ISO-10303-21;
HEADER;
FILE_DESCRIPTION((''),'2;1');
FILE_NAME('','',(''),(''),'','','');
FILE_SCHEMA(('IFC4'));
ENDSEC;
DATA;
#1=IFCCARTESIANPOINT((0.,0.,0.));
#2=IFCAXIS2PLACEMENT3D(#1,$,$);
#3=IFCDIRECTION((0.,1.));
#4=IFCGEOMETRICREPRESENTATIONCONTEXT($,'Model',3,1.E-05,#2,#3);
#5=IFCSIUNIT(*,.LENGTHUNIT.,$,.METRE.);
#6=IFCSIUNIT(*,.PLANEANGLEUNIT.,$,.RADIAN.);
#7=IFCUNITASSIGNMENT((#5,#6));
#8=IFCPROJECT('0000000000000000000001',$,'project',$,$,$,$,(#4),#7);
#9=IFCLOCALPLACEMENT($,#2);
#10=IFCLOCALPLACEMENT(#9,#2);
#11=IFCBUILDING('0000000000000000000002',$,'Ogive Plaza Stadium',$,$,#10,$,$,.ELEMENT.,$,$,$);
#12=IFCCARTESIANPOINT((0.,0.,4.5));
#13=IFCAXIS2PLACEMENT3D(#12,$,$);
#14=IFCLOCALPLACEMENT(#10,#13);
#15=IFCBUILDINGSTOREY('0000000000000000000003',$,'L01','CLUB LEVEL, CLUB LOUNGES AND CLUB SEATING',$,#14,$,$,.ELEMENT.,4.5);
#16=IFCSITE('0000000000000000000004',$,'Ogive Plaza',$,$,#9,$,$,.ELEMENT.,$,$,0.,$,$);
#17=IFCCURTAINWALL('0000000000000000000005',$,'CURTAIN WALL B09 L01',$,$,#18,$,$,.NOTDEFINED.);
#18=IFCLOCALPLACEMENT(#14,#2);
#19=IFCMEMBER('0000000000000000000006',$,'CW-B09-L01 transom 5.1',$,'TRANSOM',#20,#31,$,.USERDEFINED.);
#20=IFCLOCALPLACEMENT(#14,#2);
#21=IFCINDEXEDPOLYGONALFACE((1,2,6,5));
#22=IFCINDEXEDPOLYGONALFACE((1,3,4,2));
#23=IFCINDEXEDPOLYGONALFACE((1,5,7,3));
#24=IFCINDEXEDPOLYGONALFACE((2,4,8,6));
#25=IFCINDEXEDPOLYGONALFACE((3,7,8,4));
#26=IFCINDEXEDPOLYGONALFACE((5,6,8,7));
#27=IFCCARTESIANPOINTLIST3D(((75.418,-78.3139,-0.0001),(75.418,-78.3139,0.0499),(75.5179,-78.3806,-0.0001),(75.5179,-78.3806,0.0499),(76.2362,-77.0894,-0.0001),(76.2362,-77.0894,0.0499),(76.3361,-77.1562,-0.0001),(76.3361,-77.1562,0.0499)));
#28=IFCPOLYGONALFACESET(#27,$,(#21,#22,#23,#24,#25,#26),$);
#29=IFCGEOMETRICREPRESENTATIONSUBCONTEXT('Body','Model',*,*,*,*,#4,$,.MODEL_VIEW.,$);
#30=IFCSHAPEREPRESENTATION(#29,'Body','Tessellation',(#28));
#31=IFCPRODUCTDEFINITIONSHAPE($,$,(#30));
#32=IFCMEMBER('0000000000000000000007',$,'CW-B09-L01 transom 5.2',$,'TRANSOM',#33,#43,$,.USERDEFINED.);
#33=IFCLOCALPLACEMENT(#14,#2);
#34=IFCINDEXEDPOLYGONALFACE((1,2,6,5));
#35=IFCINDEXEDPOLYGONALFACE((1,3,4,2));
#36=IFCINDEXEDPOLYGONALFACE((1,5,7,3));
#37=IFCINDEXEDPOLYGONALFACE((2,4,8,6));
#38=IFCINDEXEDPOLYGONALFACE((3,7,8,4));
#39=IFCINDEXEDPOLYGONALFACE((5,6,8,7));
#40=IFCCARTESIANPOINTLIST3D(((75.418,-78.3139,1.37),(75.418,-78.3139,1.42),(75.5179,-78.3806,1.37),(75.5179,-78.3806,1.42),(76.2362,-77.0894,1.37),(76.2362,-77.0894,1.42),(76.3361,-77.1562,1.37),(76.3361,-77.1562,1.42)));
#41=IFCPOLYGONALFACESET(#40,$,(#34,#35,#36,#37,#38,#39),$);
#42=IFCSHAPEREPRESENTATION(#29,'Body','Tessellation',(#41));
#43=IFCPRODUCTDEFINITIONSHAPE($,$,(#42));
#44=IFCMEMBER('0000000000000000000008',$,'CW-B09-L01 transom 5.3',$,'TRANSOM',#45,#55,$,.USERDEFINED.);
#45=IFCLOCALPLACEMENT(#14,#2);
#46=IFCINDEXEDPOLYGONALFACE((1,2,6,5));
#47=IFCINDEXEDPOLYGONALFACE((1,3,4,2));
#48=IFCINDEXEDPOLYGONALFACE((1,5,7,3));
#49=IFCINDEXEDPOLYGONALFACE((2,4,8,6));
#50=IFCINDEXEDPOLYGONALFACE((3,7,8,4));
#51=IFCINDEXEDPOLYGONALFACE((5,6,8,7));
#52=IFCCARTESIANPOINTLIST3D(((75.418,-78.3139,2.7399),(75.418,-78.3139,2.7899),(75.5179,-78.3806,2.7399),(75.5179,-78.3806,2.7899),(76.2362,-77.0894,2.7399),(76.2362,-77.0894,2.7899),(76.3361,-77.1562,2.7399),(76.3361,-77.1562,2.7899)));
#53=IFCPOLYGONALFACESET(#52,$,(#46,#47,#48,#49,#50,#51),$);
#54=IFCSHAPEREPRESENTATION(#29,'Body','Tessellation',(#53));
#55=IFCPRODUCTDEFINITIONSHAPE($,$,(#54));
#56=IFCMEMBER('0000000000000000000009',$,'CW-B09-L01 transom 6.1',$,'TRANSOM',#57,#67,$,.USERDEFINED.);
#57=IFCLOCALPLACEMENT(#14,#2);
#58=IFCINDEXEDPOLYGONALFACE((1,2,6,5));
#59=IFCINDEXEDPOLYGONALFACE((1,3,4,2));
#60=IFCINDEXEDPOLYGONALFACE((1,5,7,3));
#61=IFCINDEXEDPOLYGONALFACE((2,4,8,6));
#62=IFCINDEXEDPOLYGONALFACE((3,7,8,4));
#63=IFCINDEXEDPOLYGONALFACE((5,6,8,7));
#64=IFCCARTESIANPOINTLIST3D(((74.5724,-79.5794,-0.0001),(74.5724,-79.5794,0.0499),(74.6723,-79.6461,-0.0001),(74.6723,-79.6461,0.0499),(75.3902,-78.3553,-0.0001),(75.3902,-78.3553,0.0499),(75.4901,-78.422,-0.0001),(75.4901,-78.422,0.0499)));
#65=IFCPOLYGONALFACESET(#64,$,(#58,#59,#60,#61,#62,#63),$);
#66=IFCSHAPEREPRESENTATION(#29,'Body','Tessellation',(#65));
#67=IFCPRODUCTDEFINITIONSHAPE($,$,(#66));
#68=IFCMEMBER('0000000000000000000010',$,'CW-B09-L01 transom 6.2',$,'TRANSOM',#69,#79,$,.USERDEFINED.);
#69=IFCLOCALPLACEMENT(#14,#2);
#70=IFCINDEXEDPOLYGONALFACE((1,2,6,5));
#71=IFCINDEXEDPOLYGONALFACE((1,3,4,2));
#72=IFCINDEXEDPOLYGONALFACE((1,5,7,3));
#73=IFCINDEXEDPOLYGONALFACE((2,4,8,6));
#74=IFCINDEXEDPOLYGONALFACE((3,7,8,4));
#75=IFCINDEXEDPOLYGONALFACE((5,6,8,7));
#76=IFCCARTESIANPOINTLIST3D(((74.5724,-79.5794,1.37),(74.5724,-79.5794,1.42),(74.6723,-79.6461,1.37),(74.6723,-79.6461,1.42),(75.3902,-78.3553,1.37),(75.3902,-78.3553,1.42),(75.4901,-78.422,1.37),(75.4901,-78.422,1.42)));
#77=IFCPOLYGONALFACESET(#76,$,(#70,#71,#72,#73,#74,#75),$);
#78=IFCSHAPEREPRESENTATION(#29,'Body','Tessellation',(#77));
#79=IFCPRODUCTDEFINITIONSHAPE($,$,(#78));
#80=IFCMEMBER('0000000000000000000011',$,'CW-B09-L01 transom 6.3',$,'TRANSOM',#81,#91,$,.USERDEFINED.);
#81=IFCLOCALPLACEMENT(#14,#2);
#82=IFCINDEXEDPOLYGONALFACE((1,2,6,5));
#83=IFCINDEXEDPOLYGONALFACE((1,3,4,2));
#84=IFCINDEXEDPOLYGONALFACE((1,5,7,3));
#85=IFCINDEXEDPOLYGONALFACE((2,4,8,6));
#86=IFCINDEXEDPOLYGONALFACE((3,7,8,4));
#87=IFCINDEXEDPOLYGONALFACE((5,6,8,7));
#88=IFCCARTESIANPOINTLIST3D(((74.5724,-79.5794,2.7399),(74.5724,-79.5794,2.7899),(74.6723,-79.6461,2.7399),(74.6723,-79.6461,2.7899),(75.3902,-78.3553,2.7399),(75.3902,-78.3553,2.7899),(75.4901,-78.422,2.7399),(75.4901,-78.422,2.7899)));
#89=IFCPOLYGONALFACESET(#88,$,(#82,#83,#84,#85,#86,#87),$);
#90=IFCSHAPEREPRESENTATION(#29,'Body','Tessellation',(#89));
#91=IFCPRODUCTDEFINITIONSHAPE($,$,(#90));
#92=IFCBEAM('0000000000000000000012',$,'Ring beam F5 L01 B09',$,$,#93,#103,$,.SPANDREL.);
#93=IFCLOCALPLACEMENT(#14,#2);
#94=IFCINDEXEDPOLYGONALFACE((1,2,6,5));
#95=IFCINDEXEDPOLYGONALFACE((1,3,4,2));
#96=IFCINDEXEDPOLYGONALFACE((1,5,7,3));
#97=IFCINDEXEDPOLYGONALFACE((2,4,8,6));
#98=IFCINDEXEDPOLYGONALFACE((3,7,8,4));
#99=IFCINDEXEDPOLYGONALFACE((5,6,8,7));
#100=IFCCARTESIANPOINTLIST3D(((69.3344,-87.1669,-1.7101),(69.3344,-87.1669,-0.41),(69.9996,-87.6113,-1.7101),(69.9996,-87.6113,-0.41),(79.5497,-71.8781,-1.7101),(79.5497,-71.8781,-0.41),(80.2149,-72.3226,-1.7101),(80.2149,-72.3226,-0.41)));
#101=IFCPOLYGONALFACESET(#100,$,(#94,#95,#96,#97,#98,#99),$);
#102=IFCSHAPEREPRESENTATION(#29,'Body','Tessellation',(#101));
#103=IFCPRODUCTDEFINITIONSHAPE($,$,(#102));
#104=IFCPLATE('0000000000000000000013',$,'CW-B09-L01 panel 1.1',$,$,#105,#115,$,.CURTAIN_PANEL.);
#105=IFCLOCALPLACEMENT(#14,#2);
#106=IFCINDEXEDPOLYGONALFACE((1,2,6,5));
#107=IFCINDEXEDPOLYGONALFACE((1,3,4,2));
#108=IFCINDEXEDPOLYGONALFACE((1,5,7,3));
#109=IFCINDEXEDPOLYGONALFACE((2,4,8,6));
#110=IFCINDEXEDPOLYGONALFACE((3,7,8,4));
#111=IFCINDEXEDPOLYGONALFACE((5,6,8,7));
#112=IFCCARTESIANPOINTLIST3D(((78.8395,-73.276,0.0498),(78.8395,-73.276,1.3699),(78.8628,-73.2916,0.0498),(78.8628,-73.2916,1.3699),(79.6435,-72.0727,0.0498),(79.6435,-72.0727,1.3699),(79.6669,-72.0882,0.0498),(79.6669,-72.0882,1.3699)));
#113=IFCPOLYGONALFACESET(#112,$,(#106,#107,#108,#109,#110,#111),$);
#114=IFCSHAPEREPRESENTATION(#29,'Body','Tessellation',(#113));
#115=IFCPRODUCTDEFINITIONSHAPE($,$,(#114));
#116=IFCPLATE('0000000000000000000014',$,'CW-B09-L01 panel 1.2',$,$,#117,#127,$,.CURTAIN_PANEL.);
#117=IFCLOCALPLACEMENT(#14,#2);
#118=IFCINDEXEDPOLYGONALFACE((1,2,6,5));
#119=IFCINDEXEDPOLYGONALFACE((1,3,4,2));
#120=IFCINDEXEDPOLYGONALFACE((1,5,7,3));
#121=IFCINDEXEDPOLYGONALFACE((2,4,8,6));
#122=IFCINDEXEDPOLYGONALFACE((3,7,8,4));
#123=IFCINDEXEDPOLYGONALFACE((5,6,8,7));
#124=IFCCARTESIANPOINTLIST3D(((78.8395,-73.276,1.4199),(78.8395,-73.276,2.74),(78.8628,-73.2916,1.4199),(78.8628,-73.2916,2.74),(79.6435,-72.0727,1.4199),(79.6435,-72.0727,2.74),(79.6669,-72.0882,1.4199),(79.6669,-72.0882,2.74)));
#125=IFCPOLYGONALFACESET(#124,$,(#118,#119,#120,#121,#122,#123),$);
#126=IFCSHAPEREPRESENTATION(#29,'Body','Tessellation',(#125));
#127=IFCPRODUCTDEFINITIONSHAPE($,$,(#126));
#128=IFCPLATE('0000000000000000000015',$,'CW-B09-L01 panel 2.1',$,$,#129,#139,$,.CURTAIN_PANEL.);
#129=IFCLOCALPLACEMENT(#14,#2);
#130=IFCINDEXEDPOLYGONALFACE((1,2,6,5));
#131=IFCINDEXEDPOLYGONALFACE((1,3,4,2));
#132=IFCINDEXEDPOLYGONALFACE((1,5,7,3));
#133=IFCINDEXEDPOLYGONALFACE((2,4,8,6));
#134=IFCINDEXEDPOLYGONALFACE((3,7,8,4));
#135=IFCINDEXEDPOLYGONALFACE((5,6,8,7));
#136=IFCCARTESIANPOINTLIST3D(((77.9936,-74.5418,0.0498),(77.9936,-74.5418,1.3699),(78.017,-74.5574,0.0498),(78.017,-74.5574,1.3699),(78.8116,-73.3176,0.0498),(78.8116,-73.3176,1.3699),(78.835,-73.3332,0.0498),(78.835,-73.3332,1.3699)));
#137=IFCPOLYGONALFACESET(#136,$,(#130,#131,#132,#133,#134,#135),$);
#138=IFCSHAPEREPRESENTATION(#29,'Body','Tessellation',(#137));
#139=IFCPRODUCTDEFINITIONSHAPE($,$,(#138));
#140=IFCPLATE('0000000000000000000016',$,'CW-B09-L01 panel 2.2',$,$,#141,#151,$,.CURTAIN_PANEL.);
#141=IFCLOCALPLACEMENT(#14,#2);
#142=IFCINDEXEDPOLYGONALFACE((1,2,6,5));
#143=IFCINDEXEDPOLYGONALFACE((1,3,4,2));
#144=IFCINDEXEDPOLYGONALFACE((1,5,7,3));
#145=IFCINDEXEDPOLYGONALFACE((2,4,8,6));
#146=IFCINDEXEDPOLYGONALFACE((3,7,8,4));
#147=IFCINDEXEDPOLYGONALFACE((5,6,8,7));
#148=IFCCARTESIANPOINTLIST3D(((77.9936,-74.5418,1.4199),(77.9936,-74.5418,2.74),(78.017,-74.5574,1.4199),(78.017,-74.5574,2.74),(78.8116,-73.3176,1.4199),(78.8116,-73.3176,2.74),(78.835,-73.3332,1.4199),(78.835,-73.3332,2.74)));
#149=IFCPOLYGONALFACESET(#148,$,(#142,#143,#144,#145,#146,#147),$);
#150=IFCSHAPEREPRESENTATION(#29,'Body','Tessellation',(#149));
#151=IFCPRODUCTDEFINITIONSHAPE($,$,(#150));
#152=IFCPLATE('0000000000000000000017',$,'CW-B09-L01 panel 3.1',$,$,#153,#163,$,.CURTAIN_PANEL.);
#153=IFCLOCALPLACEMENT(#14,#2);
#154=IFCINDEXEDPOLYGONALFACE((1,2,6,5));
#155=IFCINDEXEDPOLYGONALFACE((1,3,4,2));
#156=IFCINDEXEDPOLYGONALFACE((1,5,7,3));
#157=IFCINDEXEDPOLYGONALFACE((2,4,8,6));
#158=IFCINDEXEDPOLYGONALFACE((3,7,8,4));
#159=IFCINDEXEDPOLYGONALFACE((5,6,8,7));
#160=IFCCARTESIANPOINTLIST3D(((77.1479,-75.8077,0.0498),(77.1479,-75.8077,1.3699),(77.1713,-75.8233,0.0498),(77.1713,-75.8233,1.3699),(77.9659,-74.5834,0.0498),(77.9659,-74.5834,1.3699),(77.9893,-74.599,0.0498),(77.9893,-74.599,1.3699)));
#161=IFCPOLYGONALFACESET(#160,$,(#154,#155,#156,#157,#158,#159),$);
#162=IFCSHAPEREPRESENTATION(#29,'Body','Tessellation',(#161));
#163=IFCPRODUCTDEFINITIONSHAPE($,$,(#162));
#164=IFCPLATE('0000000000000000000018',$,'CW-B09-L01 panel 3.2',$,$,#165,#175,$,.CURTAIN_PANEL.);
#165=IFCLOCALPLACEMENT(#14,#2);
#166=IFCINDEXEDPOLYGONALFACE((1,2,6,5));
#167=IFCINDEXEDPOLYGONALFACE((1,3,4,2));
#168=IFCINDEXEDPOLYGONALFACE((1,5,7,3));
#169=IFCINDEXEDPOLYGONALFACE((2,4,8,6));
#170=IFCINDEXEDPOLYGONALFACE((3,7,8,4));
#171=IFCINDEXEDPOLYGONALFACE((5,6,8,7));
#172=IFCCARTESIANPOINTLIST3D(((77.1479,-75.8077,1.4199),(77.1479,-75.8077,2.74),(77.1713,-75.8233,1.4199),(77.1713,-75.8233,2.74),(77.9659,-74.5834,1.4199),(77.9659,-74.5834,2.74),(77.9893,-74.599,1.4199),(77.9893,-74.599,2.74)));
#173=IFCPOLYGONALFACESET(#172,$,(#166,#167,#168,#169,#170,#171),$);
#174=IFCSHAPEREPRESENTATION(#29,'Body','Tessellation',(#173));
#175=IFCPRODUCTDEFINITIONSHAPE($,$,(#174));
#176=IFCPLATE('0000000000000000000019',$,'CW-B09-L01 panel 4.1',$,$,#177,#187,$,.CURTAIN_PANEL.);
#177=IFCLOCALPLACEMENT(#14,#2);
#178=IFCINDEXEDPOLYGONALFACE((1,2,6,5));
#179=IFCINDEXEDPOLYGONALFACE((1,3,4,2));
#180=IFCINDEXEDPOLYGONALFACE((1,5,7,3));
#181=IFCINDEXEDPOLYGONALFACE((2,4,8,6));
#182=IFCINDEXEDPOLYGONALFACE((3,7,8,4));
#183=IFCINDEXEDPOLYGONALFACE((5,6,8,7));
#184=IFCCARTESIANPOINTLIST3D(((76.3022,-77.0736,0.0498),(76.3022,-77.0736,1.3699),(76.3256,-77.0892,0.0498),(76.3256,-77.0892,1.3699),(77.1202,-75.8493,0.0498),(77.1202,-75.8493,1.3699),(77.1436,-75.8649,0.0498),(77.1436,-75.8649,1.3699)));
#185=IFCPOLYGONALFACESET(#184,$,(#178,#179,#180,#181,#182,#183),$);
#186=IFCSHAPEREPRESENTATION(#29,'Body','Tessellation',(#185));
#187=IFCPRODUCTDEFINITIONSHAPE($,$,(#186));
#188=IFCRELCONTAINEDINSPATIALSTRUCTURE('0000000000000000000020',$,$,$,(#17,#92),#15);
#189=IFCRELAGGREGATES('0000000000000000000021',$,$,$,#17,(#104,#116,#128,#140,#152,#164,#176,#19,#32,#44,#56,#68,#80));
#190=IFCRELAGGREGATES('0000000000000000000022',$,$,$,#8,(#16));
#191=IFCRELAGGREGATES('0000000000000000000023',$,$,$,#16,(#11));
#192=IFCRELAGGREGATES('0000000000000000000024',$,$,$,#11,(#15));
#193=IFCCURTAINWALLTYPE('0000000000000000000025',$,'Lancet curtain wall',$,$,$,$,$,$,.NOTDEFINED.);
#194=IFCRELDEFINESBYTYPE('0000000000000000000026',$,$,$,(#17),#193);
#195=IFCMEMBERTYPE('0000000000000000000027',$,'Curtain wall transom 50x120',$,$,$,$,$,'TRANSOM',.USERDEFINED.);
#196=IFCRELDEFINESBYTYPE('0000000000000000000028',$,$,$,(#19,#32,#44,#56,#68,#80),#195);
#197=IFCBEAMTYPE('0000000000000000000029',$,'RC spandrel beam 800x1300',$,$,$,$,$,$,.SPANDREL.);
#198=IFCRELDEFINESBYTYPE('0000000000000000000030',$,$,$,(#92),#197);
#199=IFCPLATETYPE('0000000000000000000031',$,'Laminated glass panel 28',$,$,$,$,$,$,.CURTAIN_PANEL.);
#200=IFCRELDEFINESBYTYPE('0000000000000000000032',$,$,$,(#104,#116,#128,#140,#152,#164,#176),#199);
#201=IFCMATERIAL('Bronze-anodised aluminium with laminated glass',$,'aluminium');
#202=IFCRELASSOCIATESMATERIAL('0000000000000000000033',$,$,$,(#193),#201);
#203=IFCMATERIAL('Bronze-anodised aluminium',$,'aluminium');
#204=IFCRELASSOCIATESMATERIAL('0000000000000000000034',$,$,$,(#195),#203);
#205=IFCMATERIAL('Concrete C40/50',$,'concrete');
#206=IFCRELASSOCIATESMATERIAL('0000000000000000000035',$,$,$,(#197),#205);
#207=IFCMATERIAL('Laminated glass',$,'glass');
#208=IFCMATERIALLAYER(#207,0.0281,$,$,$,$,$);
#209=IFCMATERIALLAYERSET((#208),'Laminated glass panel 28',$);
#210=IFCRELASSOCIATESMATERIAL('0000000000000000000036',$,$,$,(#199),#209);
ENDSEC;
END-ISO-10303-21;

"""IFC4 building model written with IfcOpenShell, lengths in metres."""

from ifc_helpers import new_model, si_unit, direction, frame, origin, origin_2d, place, context, subcontext, project, spatial, rectangle, extrude, material, layer, layer_set, material_profile, profile_set, type_object, element, aggregate, save


model = new_model("IFC4")

# Units and contexts
model_context = context("Model", 3, precision=1e-05, world=origin(), true_north=direction((0.0, 1.0)))
body_context = subcontext(model_context, "Body", "Model", "MODEL_VIEW")
ifc_project = project(units=[si_unit("LENGTHUNIT", "METRE"), si_unit("PLANEANGLEUNIT", "RADIAN")], contexts=[model_context])

# Site, building, storey
site_placement = place(None, origin())
site = spatial("IfcSite", under=ifc_project, at=site_placement, Name="Ogive Plaza", CompositionType="ELEMENT", RefElevation=0.0)
building_placement = place(site_placement, origin())
building = spatial("IfcBuilding", under=site, at=building_placement, Name="Ogive Plaza Stadium", CompositionType="ELEMENT")
storey_placement = place(building_placement, frame((0.0, 0.0, 4.5)))
storey = spatial("IfcBuildingStorey", under=building, at=storey_placement, Name="L01", Description="CLUB LEVEL, CLUB LOUNGES AND CLUB SEATING", CompositionType="ELEMENT", Elevation=4.5)

# Curtain wall, members
ifc_material_1 = material(Name="Bronze-anodised aluminium with laminated glass", Category="aluminium")
curtain_wall_type = type_object("IfcCurtainWallType", Name="Lancet curtain wall", PredefinedType="NOTDEFINED", material=ifc_material_1)
curtain_wall_placement = place(storey_placement, origin())
curtain_wall = element("IfcCurtainWall", 1, at=curtain_wall_placement, inside=storey, type_object=curtain_wall_type, Name="CURTAIN WALL B09 L01", PredefinedType="NOTDEFINED")
ifc_material_2 = material(Name="Bronze-anodised aluminium", Category="aluminium")
ifc_material_profile_1 = material_profile(ifc_material_2, rectangle(XDim=0.1201, YDim=0.05, at=origin_2d()), Name="AL 120x50")
ifc_profile_set_1 = profile_set([ifc_material_profile_1], Name="Bronze-anodised aluminium")
member_type_1 = type_object("IfcMemberType", Name="Curtain wall transom 50x120", ElementType="TRANSOM", PredefinedType="USERDEFINED", material=ifc_profile_set_1)
member_1_placement = place(storey_placement, frame((76.2861, -77.1228, 0.0249), z_axis=(-0.55558, -0.831463, 0.0), x_axis=(0.831463, -0.55558, 0.0)))
member_1 = element("IfcMember", 2, at=member_1_placement, type_object=member_type_1, Name="CW-B09-L01 transom 5.1", ObjectType="TRANSOM", PredefinedType="USERDEFINED", context=body_context, shape_type="SweptSolid", body=[
    extrude(rectangle(XDim=0.1201, YDim=0.05, at=origin_2d()), origin(), (0.0, 0.0, 1.0), 1.4727),
])
member_2_placement = place(storey_placement, frame((76.2861, -77.1228, 1.395), z_axis=(-0.55558, -0.831463, 0.0), x_axis=(0.831463, -0.55558, 0.0)))
member_2 = element("IfcMember", 3, at=member_2_placement, type_object=member_type_1, Name="CW-B09-L01 transom 5.2", ObjectType="TRANSOM", PredefinedType="USERDEFINED", context=body_context, shape_type="SweptSolid", body=[
    extrude(rectangle(XDim=0.1201, YDim=0.05, at=origin_2d()), origin(), (0.0, 0.0, 1.0), 1.4727),
])
member_3_placement = place(storey_placement, frame((76.2861, -77.1228, 2.7649), z_axis=(-0.55558, -0.831463, 0.0), x_axis=(0.831463, -0.55558, 0.0)))
member_3 = element("IfcMember", 4, at=member_3_placement, type_object=member_type_1, Name="CW-B09-L01 transom 5.3", ObjectType="TRANSOM", PredefinedType="USERDEFINED", context=body_context, shape_type="SweptSolid", body=[
    extrude(rectangle(XDim=0.1201, YDim=0.05, at=origin_2d()), origin(), (0.0, 0.0, 1.0), 1.4727),
])
member_4_placement = place(storey_placement, frame((75.4402, -78.3887, 0.0249), z_axis=(-0.555542, -0.831489, 0.0), x_axis=(0.831489, -0.555542, 0.0)))
member_4 = element("IfcMember", 5, at=member_4_placement, type_object=member_type_1, Name="CW-B09-L01 transom 6.1", ObjectType="TRANSOM", PredefinedType="USERDEFINED", context=body_context, shape_type="SweptSolid", body=[
    extrude(rectangle(XDim=0.1201, YDim=0.05, at=origin_2d()), origin(), (0.0, 0.0, 1.0), 1.4722),
])
member_5_placement = place(storey_placement, frame((75.4402, -78.3887, 1.395), z_axis=(-0.555542, -0.831489, 0.0), x_axis=(0.831489, -0.555542, 0.0)))
member_5 = element("IfcMember", 6, at=member_5_placement, type_object=member_type_1, Name="CW-B09-L01 transom 6.2", ObjectType="TRANSOM", PredefinedType="USERDEFINED", context=body_context, shape_type="SweptSolid", body=[
    extrude(rectangle(XDim=0.1201, YDim=0.05, at=origin_2d()), origin(), (0.0, 0.0, 1.0), 1.4722),
])
member_6_placement = place(storey_placement, frame((75.4402, -78.3887, 2.7649), z_axis=(-0.555542, -0.831489, 0.0), x_axis=(0.831489, -0.555542, 0.0)))
member_6 = element("IfcMember", 7, at=member_6_placement, type_object=member_type_1, Name="CW-B09-L01 transom 6.3", ObjectType="TRANSOM", PredefinedType="USERDEFINED", context=body_context, shape_type="SweptSolid", body=[
    extrude(rectangle(XDim=0.1201, YDim=0.05, at=origin_2d()), origin(), (0.0, 0.0, 1.0), 1.4722),
])

# Beam
ifc_material_3 = material(Name="Concrete C40/50", Category="concrete")
ifc_material_profile_2 = material_profile(ifc_material_3, rectangle(XDim=0.8, YDim=1.3, at=origin_2d()), Name="RC 800x1300")
ifc_profile_set_2 = profile_set([ifc_material_profile_2], Name="Concrete C40/50")
beam_type = type_object("IfcBeamType", Name="RC spandrel beam 800x1300", PredefinedType="SPANDREL", material=ifc_profile_set_2)
beam_placement = place(storey_placement, frame((79.8823, -72.1003, -1.0601), z_axis=(-0.555558, -0.831478, 0.0), x_axis=(0.831478, -0.555558, 0.0)))
element("IfcBeam", 8, at=beam_placement, inside=storey, type_object=beam_type, Name="Ring beam F5 L01 B09", PredefinedType="SPANDREL", context=body_context, shape_type="SweptSolid", body=[
    extrude(rectangle(XDim=0.8, YDim=1.3, at=origin_2d()), origin(), (0.0, 0.0, 1.0), 18.3875),
])

# Plates
ifc_material_4 = material(Name="Laminated glass", Category="glass")
ifc_layer = layer(ifc_material_4, 0.0281)
ifc_layer_set = layer_set([ifc_layer], Name="Laminated glass panel 28")
plate_type = type_object("IfcPlateType", Name="Laminated glass panel 28", PredefinedType="CURTAIN_PANEL", material=ifc_layer_set)
plate_1_placement = place(storey_placement, frame((79.2532, -72.6821, 0.0498), z_axis=(0.0, 0.0, 1.0), x_axis=(-0.55557, -0.83147, 0.0)))
plate_1 = element("IfcPlate", 9, at=plate_1_placement, type_object=plate_type, Name="CW-B09-L01 panel 1.1", PredefinedType="CURTAIN_PANEL", context=body_context, shape_type="SweptSolid", body=[
    extrude(rectangle(XDim=1.4473, YDim=0.0281, at=origin_2d()), origin(), (0.0, 0.0, 1.0), 1.3201),
])
plate_2_placement = place(storey_placement, frame((79.2532, -72.6821, 1.4199), z_axis=(0.0, 0.0, 1.0), x_axis=(-0.55557, -0.83147, 0.0)))
plate_2 = element("IfcPlate", 10, at=plate_2_placement, type_object=plate_type, Name="CW-B09-L01 panel 1.2", PredefinedType="CURTAIN_PANEL", context=body_context, shape_type="SweptSolid", body=[
    extrude(rectangle(XDim=1.4473, YDim=0.0281, at=origin_2d()), origin(), (0.0, 0.0, 1.0), 1.3201),
])
plate_3_placement = place(storey_placement, frame((78.4143, -73.9375, 0.0498), z_axis=(0.0, 0.0, 1.0), x_axis=(-0.55557, -0.83147, 0.0)))
plate_3 = element("IfcPlate", 11, at=plate_3_placement, type_object=plate_type, Name="CW-B09-L01 panel 2.1", PredefinedType="CURTAIN_PANEL", context=body_context, shape_type="SweptSolid", body=[
    extrude(rectangle(XDim=1.4724, YDim=0.0281, at=origin_2d()), origin(), (0.0, 0.0, 1.0), 1.3201),
])
plate_4_placement = place(storey_placement, frame((78.4143, -73.9375, 1.4199), z_axis=(0.0, 0.0, 1.0), x_axis=(-0.55557, -0.83147, 0.0)))
plate_4 = element("IfcPlate", 12, at=plate_4_placement, type_object=plate_type, Name="CW-B09-L01 panel 2.2", PredefinedType="CURTAIN_PANEL", context=body_context, shape_type="SweptSolid", body=[
    extrude(rectangle(XDim=1.4724, YDim=0.0281, at=origin_2d()), origin(), (0.0, 0.0, 1.0), 1.3201),
])
plate_5_placement = place(storey_placement, frame((77.5686, -75.2034, 0.0498), z_axis=(0.0, 0.0, 1.0), x_axis=(-0.55557, -0.83147, 0.0)))
plate_5 = element("IfcPlate", 13, at=plate_5_placement, type_object=plate_type, Name="CW-B09-L01 panel 3.1", PredefinedType="CURTAIN_PANEL", context=body_context, shape_type="SweptSolid", body=[
    extrude(rectangle(XDim=1.4724, YDim=0.0281, at=origin_2d()), origin(), (0.0, 0.0, 1.0), 1.3201),
])
plate_6_placement = place(storey_placement, frame((77.5686, -75.2034, 1.4199), z_axis=(0.0, 0.0, 1.0), x_axis=(-0.55557, -0.83147, 0.0)))
plate_6 = element("IfcPlate", 14, at=plate_6_placement, type_object=plate_type, Name="CW-B09-L01 panel 3.2", PredefinedType="CURTAIN_PANEL", context=body_context, shape_type="SweptSolid", body=[
    extrude(rectangle(XDim=1.4724, YDim=0.0281, at=origin_2d()), origin(), (0.0, 0.0, 1.0), 1.3201),
])
plate_7_placement = place(storey_placement, frame((76.7229, -76.4692, 0.0498), z_axis=(0.0, 0.0, 1.0), x_axis=(-0.55557, -0.83147, 0.0)))
plate_7 = element("IfcPlate", 15, at=plate_7_placement, type_object=plate_type, Name="CW-B09-L01 panel 4.1", PredefinedType="CURTAIN_PANEL", context=body_context, shape_type="SweptSolid", body=[
    extrude(rectangle(XDim=1.4724, YDim=0.0281, at=origin_2d()), origin(), (0.0, 0.0, 1.0), 1.3201),
])
aggregate(curtain_wall, [plate_1, plate_2, plate_3, plate_4, plate_5, plate_6, plate_7, member_1, member_2, member_3, member_4, member_5, member_6])

save(model, "model.ifc")
